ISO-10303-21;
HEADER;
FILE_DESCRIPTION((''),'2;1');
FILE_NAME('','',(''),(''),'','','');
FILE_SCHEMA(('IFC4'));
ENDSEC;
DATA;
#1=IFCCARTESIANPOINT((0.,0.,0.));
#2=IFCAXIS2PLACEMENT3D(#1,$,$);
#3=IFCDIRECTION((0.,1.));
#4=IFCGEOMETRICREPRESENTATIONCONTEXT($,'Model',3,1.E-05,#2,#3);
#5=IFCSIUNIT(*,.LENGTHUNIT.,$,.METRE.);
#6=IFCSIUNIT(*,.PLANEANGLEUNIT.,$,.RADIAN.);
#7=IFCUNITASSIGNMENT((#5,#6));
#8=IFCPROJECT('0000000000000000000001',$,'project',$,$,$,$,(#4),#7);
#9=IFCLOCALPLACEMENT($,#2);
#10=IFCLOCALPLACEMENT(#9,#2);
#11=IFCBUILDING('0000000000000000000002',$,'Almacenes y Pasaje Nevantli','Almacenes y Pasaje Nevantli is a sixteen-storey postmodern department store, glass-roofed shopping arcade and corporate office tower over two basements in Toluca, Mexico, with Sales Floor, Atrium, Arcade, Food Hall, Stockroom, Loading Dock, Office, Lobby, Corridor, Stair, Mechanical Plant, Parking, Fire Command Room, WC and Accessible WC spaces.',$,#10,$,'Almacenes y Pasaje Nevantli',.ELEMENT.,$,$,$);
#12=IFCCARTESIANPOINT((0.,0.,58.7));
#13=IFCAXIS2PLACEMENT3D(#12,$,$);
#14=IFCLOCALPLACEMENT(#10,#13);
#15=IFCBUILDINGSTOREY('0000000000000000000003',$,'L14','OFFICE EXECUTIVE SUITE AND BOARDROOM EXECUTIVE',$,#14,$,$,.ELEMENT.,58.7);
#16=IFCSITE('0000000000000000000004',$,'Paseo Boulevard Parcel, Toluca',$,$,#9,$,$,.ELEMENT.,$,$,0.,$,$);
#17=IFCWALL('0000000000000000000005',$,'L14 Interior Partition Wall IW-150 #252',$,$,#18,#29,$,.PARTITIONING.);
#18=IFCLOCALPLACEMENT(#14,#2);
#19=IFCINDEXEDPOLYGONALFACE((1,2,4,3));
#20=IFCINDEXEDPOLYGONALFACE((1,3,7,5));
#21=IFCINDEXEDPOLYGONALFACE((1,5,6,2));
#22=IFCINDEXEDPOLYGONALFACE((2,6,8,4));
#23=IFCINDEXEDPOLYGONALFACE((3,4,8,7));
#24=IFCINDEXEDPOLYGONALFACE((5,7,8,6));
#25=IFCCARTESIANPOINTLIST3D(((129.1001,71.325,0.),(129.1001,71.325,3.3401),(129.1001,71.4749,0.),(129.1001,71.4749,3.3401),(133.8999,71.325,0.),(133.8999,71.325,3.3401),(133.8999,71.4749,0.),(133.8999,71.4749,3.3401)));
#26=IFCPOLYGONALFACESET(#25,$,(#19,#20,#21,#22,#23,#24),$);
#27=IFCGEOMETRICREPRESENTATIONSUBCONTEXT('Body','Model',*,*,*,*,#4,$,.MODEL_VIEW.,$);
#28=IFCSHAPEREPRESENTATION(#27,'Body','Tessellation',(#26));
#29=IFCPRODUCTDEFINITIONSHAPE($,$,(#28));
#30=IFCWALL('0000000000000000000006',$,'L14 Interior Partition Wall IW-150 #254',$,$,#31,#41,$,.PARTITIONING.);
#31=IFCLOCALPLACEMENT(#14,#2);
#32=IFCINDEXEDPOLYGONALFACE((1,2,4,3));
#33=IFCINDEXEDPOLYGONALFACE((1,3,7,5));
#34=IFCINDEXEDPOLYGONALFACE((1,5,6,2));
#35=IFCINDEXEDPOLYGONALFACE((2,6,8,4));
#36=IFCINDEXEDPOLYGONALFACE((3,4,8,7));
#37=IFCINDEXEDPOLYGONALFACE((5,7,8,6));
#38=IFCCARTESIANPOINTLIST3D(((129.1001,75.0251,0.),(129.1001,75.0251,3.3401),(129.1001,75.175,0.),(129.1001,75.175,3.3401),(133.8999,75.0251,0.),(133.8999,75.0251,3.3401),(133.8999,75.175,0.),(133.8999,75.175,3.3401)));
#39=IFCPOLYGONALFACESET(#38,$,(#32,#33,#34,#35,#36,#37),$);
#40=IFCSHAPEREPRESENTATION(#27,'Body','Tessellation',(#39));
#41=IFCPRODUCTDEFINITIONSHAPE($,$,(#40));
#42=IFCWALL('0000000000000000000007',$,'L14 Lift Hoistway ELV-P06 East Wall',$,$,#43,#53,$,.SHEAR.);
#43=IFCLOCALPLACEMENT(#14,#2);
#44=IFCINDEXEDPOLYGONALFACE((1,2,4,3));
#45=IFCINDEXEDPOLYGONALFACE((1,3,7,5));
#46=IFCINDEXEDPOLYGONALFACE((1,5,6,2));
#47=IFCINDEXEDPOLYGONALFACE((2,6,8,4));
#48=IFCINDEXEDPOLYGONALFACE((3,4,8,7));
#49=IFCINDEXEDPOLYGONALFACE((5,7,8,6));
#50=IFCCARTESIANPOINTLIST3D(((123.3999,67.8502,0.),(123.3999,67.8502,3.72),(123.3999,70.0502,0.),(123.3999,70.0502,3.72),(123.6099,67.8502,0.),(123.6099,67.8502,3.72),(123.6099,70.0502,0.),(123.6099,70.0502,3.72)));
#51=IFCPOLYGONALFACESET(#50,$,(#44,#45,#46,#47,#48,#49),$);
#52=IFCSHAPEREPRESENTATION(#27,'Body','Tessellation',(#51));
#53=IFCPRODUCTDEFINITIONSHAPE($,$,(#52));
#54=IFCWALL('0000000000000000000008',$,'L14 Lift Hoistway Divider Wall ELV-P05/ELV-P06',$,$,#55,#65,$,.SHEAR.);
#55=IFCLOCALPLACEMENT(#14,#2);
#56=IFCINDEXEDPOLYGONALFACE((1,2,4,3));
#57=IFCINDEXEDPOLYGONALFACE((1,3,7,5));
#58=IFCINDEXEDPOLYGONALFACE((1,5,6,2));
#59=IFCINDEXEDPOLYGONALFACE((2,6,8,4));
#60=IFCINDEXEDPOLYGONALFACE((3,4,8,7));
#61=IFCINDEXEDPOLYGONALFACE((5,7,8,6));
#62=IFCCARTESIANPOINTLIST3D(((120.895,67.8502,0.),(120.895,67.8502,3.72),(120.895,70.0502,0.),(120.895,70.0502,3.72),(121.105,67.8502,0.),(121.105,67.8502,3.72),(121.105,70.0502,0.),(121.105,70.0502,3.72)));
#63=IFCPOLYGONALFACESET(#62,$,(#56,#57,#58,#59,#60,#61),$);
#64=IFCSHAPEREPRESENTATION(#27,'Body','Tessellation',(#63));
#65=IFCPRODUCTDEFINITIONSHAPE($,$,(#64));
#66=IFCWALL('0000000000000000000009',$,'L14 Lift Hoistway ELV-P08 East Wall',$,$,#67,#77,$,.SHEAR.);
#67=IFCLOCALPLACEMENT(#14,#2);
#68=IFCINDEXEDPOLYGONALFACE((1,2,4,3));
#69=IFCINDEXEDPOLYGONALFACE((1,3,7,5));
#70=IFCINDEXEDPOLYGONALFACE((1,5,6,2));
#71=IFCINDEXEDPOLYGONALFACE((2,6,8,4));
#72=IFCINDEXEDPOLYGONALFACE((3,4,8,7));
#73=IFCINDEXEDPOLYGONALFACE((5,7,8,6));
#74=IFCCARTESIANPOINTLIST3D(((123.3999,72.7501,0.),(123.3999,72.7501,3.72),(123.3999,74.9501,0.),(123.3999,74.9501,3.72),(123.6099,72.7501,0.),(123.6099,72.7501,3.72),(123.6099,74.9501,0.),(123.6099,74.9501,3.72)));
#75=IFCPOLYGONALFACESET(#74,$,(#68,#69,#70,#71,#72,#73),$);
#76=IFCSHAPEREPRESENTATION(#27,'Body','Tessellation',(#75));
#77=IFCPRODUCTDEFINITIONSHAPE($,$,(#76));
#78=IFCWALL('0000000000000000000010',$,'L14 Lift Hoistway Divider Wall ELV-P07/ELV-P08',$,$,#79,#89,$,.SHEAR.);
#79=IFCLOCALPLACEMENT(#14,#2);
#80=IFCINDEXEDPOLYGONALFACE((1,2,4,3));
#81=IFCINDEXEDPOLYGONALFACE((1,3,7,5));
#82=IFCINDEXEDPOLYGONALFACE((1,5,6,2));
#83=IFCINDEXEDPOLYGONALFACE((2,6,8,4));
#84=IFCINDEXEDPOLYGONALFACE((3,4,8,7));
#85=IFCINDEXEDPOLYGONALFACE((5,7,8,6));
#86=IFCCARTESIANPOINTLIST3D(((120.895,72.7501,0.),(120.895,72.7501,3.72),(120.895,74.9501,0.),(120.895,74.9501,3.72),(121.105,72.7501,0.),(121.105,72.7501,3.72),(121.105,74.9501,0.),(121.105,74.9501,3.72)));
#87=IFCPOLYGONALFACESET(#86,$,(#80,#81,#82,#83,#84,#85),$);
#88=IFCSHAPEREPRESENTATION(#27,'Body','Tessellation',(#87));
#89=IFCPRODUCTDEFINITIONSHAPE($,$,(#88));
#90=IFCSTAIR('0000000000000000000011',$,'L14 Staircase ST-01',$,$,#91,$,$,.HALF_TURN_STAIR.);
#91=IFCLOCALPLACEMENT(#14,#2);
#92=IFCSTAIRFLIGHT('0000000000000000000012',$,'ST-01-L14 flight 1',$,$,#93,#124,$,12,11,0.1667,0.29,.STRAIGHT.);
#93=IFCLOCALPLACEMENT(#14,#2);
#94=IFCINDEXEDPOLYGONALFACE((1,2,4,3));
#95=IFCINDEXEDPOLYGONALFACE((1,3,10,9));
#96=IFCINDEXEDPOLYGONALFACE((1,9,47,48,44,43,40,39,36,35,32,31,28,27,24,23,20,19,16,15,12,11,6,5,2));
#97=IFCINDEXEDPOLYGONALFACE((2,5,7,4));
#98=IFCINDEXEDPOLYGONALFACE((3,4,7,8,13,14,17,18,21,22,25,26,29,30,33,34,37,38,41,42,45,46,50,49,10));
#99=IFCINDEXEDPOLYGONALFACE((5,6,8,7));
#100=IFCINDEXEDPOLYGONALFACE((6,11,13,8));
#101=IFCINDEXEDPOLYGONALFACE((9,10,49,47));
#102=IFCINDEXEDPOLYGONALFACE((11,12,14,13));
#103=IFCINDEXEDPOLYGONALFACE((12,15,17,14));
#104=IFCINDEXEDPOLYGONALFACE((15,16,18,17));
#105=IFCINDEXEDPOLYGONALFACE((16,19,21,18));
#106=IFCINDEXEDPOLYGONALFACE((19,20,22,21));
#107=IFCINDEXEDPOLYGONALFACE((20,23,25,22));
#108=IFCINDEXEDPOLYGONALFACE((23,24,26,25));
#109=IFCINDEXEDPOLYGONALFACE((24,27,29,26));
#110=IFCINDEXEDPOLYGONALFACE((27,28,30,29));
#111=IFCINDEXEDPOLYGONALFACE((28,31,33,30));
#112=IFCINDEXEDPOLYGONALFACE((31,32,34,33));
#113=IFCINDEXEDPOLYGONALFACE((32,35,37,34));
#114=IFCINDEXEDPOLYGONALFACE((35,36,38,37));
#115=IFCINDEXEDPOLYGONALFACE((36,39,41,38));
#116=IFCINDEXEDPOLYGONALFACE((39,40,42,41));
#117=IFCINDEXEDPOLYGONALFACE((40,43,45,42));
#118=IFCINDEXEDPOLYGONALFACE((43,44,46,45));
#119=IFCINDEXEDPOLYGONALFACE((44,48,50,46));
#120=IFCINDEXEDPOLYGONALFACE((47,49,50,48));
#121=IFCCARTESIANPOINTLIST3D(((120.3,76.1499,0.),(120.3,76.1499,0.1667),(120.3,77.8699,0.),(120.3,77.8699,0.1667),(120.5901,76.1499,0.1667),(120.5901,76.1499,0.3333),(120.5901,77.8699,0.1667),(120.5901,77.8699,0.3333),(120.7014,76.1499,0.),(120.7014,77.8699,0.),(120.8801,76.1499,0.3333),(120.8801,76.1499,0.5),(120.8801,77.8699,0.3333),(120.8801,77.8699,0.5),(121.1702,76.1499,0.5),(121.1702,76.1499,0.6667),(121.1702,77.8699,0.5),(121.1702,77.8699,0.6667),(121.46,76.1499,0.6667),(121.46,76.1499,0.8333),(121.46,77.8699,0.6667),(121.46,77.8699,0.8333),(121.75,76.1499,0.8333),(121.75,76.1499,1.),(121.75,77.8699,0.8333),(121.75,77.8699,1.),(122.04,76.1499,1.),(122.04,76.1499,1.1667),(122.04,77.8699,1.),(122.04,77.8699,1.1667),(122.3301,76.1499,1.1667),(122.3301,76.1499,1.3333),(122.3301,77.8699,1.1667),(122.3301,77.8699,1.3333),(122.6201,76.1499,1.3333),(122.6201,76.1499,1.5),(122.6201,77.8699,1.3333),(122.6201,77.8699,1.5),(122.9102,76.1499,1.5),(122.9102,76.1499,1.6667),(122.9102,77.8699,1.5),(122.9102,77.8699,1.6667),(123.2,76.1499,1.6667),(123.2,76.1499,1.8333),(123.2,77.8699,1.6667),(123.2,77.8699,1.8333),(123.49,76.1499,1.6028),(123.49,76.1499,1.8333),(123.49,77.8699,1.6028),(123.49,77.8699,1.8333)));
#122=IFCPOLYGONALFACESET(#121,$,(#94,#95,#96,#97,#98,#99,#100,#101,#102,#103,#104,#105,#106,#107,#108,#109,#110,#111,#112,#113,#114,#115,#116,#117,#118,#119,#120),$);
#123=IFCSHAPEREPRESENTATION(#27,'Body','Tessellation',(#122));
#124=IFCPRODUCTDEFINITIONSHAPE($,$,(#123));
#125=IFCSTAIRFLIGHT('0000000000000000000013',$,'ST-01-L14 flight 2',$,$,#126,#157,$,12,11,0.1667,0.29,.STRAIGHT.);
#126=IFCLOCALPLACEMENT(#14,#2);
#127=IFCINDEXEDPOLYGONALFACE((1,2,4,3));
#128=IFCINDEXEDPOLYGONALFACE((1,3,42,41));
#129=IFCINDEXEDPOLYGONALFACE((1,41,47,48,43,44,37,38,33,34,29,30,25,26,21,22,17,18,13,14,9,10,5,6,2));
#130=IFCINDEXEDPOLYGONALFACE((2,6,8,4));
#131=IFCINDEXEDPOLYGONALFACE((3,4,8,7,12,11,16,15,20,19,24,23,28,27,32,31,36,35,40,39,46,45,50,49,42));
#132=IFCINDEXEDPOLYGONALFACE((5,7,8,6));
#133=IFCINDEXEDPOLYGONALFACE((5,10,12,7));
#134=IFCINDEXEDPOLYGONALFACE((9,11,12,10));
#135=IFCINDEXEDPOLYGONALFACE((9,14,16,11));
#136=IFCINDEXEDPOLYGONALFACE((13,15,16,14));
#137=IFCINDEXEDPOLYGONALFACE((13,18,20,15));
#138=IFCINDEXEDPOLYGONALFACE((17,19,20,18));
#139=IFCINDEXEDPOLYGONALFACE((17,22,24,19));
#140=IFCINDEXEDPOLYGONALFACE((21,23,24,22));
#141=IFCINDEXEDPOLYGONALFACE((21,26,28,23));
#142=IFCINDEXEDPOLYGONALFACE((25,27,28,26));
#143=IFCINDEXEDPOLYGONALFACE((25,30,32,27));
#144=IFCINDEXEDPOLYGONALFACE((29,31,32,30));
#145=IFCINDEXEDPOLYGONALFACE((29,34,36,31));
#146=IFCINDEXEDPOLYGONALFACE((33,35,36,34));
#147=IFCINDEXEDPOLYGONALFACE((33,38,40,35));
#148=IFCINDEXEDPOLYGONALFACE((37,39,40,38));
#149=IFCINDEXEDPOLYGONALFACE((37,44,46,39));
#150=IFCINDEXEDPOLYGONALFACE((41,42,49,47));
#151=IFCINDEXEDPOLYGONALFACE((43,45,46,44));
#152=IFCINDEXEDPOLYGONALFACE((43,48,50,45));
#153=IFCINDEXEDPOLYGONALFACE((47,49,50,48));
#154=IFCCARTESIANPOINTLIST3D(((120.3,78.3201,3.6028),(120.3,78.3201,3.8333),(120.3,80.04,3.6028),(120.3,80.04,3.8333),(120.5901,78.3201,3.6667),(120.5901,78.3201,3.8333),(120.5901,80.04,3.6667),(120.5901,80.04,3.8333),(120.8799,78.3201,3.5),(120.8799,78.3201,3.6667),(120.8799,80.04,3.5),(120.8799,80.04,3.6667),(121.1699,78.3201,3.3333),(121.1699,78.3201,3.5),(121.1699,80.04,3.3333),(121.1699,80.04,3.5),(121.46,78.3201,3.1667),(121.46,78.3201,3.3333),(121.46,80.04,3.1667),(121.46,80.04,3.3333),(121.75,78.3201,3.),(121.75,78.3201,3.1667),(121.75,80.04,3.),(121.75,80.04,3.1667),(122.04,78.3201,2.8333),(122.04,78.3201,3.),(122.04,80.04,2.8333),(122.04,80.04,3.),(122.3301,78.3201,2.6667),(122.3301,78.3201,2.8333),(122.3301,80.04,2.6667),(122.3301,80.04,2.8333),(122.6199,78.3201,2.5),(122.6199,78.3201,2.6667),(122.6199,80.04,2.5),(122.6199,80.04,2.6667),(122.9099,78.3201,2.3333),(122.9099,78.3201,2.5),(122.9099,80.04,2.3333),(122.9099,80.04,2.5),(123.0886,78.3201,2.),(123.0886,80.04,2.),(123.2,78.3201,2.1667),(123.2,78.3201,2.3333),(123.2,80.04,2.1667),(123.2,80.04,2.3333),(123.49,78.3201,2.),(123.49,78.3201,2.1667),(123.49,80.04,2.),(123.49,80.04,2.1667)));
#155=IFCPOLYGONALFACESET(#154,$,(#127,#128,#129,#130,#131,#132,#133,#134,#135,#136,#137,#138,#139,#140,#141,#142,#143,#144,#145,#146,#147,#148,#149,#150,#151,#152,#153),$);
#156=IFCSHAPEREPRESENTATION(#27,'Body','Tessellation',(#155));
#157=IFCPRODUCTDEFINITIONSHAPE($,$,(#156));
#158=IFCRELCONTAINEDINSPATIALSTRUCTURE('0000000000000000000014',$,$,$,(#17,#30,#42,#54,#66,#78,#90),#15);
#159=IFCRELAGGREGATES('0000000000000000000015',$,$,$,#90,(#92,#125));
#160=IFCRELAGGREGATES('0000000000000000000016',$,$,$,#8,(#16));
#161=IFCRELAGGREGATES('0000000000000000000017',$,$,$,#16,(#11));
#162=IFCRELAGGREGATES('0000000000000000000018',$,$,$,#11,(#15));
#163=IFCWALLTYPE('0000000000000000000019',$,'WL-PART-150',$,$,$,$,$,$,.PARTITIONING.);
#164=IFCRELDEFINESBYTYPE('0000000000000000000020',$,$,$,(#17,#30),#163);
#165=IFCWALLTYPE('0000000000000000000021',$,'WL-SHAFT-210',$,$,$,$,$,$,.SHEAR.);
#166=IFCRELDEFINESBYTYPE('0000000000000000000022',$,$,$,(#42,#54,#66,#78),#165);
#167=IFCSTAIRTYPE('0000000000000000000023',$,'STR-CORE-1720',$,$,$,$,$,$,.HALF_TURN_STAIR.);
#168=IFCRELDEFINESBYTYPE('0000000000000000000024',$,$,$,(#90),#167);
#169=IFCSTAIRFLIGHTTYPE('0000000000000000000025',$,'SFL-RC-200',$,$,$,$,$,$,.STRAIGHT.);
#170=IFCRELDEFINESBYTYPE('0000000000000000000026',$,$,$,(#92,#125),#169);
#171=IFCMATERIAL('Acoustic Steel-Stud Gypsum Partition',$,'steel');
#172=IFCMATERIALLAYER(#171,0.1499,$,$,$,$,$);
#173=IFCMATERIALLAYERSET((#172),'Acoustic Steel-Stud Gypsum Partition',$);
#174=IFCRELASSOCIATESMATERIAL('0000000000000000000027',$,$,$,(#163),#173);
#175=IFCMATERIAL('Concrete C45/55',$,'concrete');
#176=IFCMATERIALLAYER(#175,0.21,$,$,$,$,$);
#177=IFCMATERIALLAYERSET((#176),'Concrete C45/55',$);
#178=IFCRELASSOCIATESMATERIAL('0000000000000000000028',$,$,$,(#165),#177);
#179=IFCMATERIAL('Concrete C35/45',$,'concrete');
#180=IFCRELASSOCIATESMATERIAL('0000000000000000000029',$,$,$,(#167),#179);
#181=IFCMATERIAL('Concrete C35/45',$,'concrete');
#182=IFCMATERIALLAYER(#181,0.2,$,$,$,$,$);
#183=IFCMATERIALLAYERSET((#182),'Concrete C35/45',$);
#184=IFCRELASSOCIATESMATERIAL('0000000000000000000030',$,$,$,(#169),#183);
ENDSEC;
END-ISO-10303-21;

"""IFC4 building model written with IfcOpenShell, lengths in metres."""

from ifc_helpers import new_model, si_unit, direction, frame, frame_2d, origin, place, context, subcontext, project, spatial, polyline, rectangle, outline, extrude, material, layer, layer_set, type_object, element, aggregate, save


model = new_model("IFC4")

# Units and contexts
model_context = context("Model", 3, precision=1e-05, world=origin(), true_north=direction((0.0, 1.0)))
body_context = subcontext(model_context, "Body", "Model", "MODEL_VIEW")
ifc_project = project(units=[si_unit("LENGTHUNIT", "METRE"), si_unit("PLANEANGLEUNIT", "RADIAN")], contexts=[model_context])

# Site, building, storey
site_placement = place(None, origin())
site = spatial("IfcSite", under=ifc_project, at=site_placement, Name="Paseo Boulevard Parcel, Toluca", CompositionType="ELEMENT", RefElevation=0.0)
building_placement = place(site_placement, origin())
building = spatial("IfcBuilding", under=site, at=building_placement, Name="Almacenes y Pasaje Nevantli", Description="Almacenes y Pasaje Nevantli is a sixteen-storey postmodern department store, glass-roofed shopping arcade and corporate office tower over two basements in Toluca, Mexico, with Sales Floor, Atrium, Arcade, Food Hall, Stockroom, Loading Dock, Office, Lobby, Corridor, Stair, Mechanical Plant, Parking, Fire Command Room, WC and Accessible WC spaces.", LongName="Almacenes y Pasaje Nevantli", CompositionType="ELEMENT")
storey_placement = place(building_placement, frame((0.0, 0.0, 58.7)))
storey = spatial("IfcBuildingStorey", under=building, at=storey_placement, Name="L14", Description="OFFICE EXECUTIVE SUITE AND BOARDROOM EXECUTIVE", CompositionType="ELEMENT", Elevation=58.7)

# Shared definitions
ifc_material_1 = material(Name="Acoustic Steel-Stud Gypsum Partition", Category="steel")
ifc_layer_1 = layer(ifc_material_1, 0.1499)
ifc_layer_set_1 = layer_set([ifc_layer_1], Name="Acoustic Steel-Stud Gypsum Partition")
wall_type_1 = type_object("IfcWallType", Name="WL-PART-150", PredefinedType="PARTITIONING", material=ifc_layer_set_1)

# Walls
for number, where, z_axis, x_axis, name in (
    (1, (129.1001, 71.3999, 0.0), (0.0, 0.0, 1.0), (1.0, 0.0, 0.0), "L14 Interior Partition Wall IW-150 #252"),
    (2, (129.1001, 75.1001, 0.0), (0.0, 0.0, 1.0), (1.0, 0.0, 0.0), "L14 Interior Partition Wall IW-150 #254"),
):
    element("IfcWall", number, at=place(storey_placement, frame(where, z_axis=z_axis, x_axis=x_axis)), inside=storey, type_object=wall_type_1, Name=name, PredefinedType="PARTITIONING", context=body_context, shape_type="SweptSolid", body=[
        extrude(rectangle(XDim=4.7998, YDim=0.1499, at=frame_2d((2.3999, 0.0))), origin(), (0.0, 0.0, 1.0), 3.3401),
    ])
ifc_material_2 = material(Name="Concrete C45/55", Category="concrete")
ifc_layer_2 = layer(ifc_material_2, 0.21)
ifc_layer_set_2 = layer_set([ifc_layer_2], Name="Concrete C45/55")
wall_type_2 = type_object("IfcWallType", Name="WL-SHAFT-210", PredefinedType="SHEAR", material=ifc_layer_set_2)
for number, where, z_axis, x_axis, name in (
    (3, (123.5049, 67.8501, 0.0), (0.0, 0.0, 1.0), (0.0, 1.0, 0.0), "L14 Lift Hoistway ELV-P06 East Wall"),
    (4, (121.0, 67.8501, 0.0), (0.0, 0.0, 1.0), (0.0, 1.0, 0.0), "L14 Lift Hoistway Divider Wall ELV-P05/ELV-P06"),
    (5, (123.5049, 72.75, 0.0), (0.0, 0.0, 1.0), (0.0, 1.0, 0.0), "L14 Lift Hoistway ELV-P08 East Wall"),
    (6, (121.0, 72.75, 0.0), (0.0, 0.0, 1.0), (0.0, 1.0, 0.0), "L14 Lift Hoistway Divider Wall ELV-P07/ELV-P08"),
):
    element("IfcWall", number, at=place(storey_placement, frame(where, z_axis=z_axis, x_axis=x_axis)), inside=storey, type_object=wall_type_2, Name=name, PredefinedType="SHEAR", context=body_context, shape_type="SweptSolid", body=[
        extrude(rectangle(XDim=2.2, YDim=0.21, at=frame_2d((1.1001, 0.0))), origin(), (0.0, 0.0, 1.0), 3.72),
    ])

# Stair, stair flights
ifc_material_3 = material(Name="Concrete C35/45", Category="concrete")
stair_type = type_object("IfcStairType", Name="STR-CORE-1720", PredefinedType="HALF_TURN_STAIR", material=ifc_material_3)
stair_placement = place(storey_placement, origin())
stair = element("IfcStair", 7, at=stair_placement, inside=storey, type_object=stair_type, Name="L14 Staircase ST-01", PredefinedType="HALF_TURN_STAIR")
ifc_material_4 = material(Name="Concrete C35/45", Category="concrete")
ifc_layer_3 = layer(ifc_material_4, 0.2)
ifc_layer_set_3 = layer_set([ifc_layer_3], Name="Concrete C35/45")
stair_flight_type = type_object("IfcStairFlightType", Name="SFL-RC-200", PredefinedType="STRAIGHT", material=ifc_layer_set_3)
stair_flight_1_placement = place(storey_placement, frame((120.3, 77.01, 0.0), z_axis=(0.0, 0.0, 1.0), x_axis=(1.0, 0.0, 0.0)))
stair_flight_1 = element("IfcStairFlight", 8, at=stair_flight_1_placement, type_object=stair_flight_type, Name="ST-01-L14 flight 1", NumberOfRisers=12, NumberOfTreads=11, PredefinedType="STRAIGHT", RiserHeight=0.1667, TreadLength=0.29, context=body_context, shape_type="SweptSolid", body=[
    extrude(outline(polyline([(0.0, 0.0), (0.0, 0.1667), (0.29, 0.1667), (0.29, 0.3333), (0.5801, 0.3333), (0.5801, 0.5), (0.8701, 0.5), (0.8701, 0.6667), (1.1599, 0.6667), (1.1599, 0.8333), (1.45, 0.8333), (1.45, 1.0), (1.74, 1.0), (1.74, 1.1667), (2.03, 1.1667), (2.03, 1.3333), (2.3201, 1.3333), (2.3201, 1.5), (2.6101, 1.5), (2.6101, 1.6667), (2.8999, 1.6667), (2.8999, 1.8333), (3.1899, 1.8333), (3.1899, 2.0), (3.1899, 1.6028), (0.4014, 0.0), (0.0, 0.0)])), frame((0.0, 0.8599, 0.0), z_axis=(0.0, -1.0, 0.0), x_axis=(1.0, 0.0, 0.0)), (0.0, 0.0, 1.0), 1.72),
])
stair_flight_2_placement = place(storey_placement, frame((123.49, 79.1799, 2.0), z_axis=(0.0, 0.0, 1.0), x_axis=(-1.0, 0.0, 0.0)))
stair_flight_2 = element("IfcStairFlight", 9, at=stair_flight_2_placement, type_object=stair_flight_type, Name="ST-01-L14 flight 2", NumberOfRisers=12, NumberOfTreads=11, PredefinedType="STRAIGHT", RiserHeight=0.1667, TreadLength=0.29, context=body_context, shape_type="SweptSolid", body=[
    extrude(outline(polyline([(0.0, 0.0), (0.0, 0.1667), (0.29, 0.1667), (0.29, 0.3333), (0.5801, 0.3333), (0.5801, 0.5), (0.8701, 0.5), (0.8701, 0.6667), (1.1599, 0.6667), (1.1599, 0.8333), (1.45, 0.8333), (1.45, 1.0), (1.74, 1.0), (1.74, 1.1667), (2.03, 1.1667), (2.03, 1.3333), (2.3201, 1.3333), (2.3201, 1.5), (2.6101, 1.5), (2.6101, 1.6667), (2.8999, 1.6667), (2.8999, 1.8333), (3.1899, 1.8333), (3.1899, 2.0), (3.1899, 1.6028), (0.4014, 0.0), (0.0, 0.0)])), frame((0.0, 0.8599, 0.0), z_axis=(0.0, -1.0, 0.0), x_axis=(1.0, 0.0, 0.0)), (0.0, 0.0, 1.0), 1.72),
])
aggregate(stair, [stair_flight_1, stair_flight_2])

save(model, "model.ifc")
